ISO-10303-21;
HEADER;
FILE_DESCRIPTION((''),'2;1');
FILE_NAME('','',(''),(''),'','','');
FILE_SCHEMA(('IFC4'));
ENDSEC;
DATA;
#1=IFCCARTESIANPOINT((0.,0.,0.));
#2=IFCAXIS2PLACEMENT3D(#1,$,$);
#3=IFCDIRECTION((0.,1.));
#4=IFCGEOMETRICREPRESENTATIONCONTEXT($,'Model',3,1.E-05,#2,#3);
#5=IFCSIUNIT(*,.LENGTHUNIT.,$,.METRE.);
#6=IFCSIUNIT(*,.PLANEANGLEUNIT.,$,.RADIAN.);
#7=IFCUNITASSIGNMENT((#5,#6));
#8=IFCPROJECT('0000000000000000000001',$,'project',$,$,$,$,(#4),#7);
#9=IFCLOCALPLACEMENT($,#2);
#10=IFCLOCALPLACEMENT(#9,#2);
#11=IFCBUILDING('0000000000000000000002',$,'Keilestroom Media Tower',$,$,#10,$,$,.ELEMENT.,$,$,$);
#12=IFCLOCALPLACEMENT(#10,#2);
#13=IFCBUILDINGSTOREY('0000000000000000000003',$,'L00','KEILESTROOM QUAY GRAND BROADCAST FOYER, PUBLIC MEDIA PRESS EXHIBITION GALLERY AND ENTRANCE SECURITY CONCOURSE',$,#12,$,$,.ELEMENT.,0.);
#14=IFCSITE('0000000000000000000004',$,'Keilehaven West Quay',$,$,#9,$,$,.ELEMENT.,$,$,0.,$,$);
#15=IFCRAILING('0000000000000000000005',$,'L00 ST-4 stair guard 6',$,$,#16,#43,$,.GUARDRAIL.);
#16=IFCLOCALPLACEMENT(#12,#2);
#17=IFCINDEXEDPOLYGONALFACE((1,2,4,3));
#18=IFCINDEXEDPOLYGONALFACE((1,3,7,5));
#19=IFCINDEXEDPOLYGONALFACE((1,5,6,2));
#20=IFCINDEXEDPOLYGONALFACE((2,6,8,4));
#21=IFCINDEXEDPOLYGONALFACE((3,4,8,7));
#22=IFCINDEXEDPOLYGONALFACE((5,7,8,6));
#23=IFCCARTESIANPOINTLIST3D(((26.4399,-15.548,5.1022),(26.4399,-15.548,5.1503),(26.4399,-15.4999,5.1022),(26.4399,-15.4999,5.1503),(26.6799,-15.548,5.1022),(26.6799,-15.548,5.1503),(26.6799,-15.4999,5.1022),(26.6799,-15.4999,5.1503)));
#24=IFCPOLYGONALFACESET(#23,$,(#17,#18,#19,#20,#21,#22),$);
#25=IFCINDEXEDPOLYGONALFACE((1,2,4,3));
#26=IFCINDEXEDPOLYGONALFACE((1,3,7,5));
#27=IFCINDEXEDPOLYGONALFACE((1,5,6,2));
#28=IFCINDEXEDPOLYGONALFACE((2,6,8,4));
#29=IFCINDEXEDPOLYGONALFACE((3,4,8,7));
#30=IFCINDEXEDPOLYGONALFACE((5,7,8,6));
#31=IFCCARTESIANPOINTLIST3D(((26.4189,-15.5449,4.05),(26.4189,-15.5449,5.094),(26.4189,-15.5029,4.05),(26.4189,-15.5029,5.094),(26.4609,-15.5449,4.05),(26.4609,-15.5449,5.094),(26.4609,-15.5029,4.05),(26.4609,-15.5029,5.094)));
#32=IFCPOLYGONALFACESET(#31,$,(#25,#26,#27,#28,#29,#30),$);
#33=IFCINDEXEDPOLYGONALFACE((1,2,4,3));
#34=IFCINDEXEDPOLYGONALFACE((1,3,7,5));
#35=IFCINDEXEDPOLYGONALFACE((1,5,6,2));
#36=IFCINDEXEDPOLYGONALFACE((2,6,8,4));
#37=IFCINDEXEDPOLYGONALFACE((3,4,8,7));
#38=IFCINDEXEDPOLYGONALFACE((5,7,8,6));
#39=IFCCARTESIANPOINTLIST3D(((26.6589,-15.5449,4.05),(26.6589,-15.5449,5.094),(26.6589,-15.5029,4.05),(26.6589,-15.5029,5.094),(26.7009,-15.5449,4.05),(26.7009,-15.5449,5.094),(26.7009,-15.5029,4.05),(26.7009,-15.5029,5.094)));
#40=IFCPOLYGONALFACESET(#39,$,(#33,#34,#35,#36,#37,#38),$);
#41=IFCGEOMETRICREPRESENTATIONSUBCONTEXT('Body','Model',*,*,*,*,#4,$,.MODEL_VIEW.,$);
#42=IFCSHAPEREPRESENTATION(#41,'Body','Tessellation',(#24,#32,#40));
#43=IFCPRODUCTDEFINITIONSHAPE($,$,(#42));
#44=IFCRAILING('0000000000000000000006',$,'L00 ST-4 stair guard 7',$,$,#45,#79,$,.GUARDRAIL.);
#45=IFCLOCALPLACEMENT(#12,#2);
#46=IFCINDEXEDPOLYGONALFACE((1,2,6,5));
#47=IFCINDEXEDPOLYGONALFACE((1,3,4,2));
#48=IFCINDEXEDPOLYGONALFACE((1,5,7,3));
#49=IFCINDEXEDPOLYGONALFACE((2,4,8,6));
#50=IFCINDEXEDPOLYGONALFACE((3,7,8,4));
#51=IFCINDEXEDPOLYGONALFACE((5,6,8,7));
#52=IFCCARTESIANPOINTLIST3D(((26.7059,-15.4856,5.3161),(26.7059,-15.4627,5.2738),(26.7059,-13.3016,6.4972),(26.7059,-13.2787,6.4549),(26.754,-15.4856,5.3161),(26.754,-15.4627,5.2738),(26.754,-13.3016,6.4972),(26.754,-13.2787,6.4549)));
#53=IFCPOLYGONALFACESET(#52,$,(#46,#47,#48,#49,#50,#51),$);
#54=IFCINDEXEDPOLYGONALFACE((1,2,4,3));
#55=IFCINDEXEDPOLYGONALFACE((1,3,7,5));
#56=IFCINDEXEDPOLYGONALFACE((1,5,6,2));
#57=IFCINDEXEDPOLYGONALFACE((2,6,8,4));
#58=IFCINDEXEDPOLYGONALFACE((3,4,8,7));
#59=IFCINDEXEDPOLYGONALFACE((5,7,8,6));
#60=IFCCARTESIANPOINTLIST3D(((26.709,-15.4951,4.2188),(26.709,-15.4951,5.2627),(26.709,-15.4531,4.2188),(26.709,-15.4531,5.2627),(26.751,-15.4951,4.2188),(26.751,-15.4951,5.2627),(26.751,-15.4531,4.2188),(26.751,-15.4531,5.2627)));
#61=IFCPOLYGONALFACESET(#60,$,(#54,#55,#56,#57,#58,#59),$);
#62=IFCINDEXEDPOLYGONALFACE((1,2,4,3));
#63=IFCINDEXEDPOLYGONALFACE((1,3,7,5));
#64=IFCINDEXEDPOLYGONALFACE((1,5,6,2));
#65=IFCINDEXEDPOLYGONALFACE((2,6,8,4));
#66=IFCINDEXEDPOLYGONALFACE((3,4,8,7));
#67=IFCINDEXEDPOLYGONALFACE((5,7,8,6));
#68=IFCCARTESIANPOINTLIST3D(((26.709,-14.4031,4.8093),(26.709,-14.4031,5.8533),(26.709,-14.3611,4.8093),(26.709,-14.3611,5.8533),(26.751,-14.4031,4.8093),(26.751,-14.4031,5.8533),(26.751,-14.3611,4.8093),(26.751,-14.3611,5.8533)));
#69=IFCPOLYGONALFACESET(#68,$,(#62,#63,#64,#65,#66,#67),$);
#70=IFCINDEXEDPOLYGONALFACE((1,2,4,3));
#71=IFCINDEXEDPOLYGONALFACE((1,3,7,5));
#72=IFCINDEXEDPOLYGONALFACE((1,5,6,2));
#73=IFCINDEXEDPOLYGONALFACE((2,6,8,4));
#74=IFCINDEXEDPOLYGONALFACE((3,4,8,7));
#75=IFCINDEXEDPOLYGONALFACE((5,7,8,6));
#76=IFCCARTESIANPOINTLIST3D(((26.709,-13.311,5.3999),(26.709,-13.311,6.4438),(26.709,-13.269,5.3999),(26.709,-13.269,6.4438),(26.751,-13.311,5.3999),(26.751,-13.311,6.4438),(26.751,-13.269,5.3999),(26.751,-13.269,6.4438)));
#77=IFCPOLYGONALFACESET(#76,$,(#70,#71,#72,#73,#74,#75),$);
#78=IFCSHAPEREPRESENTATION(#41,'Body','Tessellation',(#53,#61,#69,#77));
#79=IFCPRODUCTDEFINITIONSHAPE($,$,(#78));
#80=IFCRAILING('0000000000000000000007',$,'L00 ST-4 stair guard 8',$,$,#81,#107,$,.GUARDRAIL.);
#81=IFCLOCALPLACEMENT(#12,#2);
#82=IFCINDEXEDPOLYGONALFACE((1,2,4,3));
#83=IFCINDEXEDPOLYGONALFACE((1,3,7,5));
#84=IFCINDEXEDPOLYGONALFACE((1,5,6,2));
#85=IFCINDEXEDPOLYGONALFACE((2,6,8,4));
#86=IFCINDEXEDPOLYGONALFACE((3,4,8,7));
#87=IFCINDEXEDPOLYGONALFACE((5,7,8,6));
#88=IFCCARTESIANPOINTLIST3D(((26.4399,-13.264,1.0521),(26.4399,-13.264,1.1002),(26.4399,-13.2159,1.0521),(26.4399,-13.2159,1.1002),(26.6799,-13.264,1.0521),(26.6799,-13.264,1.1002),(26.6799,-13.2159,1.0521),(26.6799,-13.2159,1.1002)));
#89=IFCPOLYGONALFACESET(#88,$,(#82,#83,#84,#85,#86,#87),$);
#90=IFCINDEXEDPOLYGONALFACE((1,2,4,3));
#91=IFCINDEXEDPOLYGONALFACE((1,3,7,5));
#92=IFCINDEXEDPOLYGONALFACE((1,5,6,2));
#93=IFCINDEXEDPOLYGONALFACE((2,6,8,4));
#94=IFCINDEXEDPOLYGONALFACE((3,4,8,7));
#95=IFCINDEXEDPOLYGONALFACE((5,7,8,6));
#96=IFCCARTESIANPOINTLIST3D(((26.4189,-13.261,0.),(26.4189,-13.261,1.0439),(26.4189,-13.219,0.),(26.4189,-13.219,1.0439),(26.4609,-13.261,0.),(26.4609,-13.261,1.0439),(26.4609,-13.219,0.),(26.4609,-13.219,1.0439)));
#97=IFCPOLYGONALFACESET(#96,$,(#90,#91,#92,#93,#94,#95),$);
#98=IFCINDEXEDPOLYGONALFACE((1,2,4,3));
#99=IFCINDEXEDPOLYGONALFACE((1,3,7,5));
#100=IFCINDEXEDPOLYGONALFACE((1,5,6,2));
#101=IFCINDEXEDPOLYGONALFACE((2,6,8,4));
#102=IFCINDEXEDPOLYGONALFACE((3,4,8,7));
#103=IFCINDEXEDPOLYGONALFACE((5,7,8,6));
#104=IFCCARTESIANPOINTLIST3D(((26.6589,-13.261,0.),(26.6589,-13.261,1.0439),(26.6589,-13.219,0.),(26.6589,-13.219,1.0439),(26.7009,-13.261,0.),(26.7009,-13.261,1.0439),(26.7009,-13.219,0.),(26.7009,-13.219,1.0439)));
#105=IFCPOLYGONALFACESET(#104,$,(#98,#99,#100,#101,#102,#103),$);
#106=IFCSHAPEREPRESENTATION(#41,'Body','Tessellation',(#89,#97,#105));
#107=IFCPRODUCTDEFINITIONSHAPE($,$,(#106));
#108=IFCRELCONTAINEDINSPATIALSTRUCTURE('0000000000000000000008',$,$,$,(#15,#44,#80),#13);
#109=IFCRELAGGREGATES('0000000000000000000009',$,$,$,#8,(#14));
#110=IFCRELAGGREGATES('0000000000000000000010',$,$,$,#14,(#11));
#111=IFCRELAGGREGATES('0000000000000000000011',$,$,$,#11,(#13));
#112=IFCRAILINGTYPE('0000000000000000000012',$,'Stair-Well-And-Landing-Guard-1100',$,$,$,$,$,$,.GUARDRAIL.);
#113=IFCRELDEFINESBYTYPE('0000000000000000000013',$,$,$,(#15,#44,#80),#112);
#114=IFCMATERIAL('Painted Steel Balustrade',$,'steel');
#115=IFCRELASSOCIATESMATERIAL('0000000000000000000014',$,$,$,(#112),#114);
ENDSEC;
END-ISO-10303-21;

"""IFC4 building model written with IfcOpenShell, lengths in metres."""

from ifc_helpers import new_model, si_unit, direction, frame, origin, origin_2d, place, context, subcontext, project, spatial, rectangle, extrude, material, type_object, element, save


model = new_model("IFC4")

# Units and contexts
model_context = context("Model", 3, precision=1e-05, world=origin(), true_north=direction((0.0, 1.0)))
body_context = subcontext(model_context, "Body", "Model", "MODEL_VIEW")
ifc_project = project(units=[si_unit("LENGTHUNIT", "METRE"), si_unit("PLANEANGLEUNIT", "RADIAN")], contexts=[model_context])

# Site, building, storey
site_placement = place(None, origin())
site = spatial("IfcSite", under=ifc_project, at=site_placement, Name="Keilehaven West Quay", CompositionType="ELEMENT", RefElevation=0.0)
building_placement = place(site_placement, origin())
building = spatial("IfcBuilding", under=site, at=building_placement, Name="Keilestroom Media Tower", CompositionType="ELEMENT")
storey_placement = place(building_placement, origin())
storey = spatial("IfcBuildingStorey", under=building, at=storey_placement, Name="L00", Description="KEILESTROOM QUAY GRAND BROADCAST FOYER, PUBLIC MEDIA PRESS EXHIBITION GALLERY AND ENTRANCE SECURITY CONCOURSE", CompositionType="ELEMENT", Elevation=0.0)

# Railings
ifc_material_1 = material(Name="Painted Steel Balustrade", Category="steel")
railing_type_1 = type_object("IfcRailingType", Name="Stair-Well-And-Landing-Guard-1100", PredefinedType="GUARDRAIL", material=ifc_material_1)
railing_1_placement = place(storey_placement, frame((26.4399, -15.5239, 4.05)))
element("IfcRailing", 1, at=railing_1_placement, inside=storey, type_object=railing_type_1, Name="L00 ST-4 stair guard 6", PredefinedType="GUARDRAIL", context=body_context, shape_type="SweptSolid", body=[
    extrude(rectangle(XDim=0.0481, YDim=0.0481, at=origin_2d()), frame((0.0, 0.0, 1.0762), z_axis=(1.0, 0.0, 0.0), x_axis=(0.0, 1.0, 0.0)), (0.0, 0.0, 1.0), 0.24),
    extrude(rectangle(XDim=0.042, YDim=0.042, at=origin_2d()), origin(), (0.0, 0.0, 1.0), 1.0439),
    extrude(rectangle(XDim=0.042, YDim=0.042, at=origin_2d()), frame((0.24, 0.0, 0.0)), (0.0, 0.0, 1.0), 1.0439),
])
railing_2_placement = place(storey_placement, frame((26.73, -15.4741, 4.2188)))
element("IfcRailing", 2, at=railing_2_placement, inside=storey, type_object=railing_type_1, Name="L00 ST-4 stair guard 7", PredefinedType="GUARDRAIL", context=body_context, shape_type="SweptSolid", body=[
    extrude(rectangle(XDim=0.0481, YDim=0.0481, at=origin_2d()), frame((0.0, 0.0, 1.0762), z_axis=(0.0, 0.879611, 0.475694), x_axis=(-1.0, 0.0, 0.0)), (0.0, 0.0, 1.0), 2.4829),
    extrude(rectangle(XDim=0.042, YDim=0.042, at=origin_2d()), origin(), (0.0, 0.0, 1.0), 1.0439),
    extrude(rectangle(XDim=0.042, YDim=0.042, at=origin_2d()), frame((0.0, 1.092, 0.5906)), (0.0, 0.0, 1.0), 1.0439),
    extrude(rectangle(XDim=0.042, YDim=0.042, at=origin_2d()), frame((0.0, 2.1841, 1.1812)), (0.0, 0.0, 1.0), 1.0439),
])
railing_3_placement = place(storey_placement, frame((26.4399, -13.24, 0.0)))
element("IfcRailing", 3, at=railing_3_placement, inside=storey, type_object=railing_type_1, Name="L00 ST-4 stair guard 8", PredefinedType="GUARDRAIL", context=body_context, shape_type="SweptSolid", body=[
    extrude(rectangle(XDim=0.0481, YDim=0.0481, at=origin_2d()), frame((0.0, 0.0, 1.0762), z_axis=(1.0, 0.0, 0.0), x_axis=(0.0, 1.0, 0.0)), (0.0, 0.0, 1.0), 0.24),
    extrude(rectangle(XDim=0.042, YDim=0.042, at=origin_2d()), origin(), (0.0, 0.0, 1.0), 1.0439),
    extrude(rectangle(XDim=0.042, YDim=0.042, at=origin_2d()), frame((0.24, 0.0, 0.0)), (0.0, 0.0, 1.0), 1.0439),
])

save(model, "model.ifc")
